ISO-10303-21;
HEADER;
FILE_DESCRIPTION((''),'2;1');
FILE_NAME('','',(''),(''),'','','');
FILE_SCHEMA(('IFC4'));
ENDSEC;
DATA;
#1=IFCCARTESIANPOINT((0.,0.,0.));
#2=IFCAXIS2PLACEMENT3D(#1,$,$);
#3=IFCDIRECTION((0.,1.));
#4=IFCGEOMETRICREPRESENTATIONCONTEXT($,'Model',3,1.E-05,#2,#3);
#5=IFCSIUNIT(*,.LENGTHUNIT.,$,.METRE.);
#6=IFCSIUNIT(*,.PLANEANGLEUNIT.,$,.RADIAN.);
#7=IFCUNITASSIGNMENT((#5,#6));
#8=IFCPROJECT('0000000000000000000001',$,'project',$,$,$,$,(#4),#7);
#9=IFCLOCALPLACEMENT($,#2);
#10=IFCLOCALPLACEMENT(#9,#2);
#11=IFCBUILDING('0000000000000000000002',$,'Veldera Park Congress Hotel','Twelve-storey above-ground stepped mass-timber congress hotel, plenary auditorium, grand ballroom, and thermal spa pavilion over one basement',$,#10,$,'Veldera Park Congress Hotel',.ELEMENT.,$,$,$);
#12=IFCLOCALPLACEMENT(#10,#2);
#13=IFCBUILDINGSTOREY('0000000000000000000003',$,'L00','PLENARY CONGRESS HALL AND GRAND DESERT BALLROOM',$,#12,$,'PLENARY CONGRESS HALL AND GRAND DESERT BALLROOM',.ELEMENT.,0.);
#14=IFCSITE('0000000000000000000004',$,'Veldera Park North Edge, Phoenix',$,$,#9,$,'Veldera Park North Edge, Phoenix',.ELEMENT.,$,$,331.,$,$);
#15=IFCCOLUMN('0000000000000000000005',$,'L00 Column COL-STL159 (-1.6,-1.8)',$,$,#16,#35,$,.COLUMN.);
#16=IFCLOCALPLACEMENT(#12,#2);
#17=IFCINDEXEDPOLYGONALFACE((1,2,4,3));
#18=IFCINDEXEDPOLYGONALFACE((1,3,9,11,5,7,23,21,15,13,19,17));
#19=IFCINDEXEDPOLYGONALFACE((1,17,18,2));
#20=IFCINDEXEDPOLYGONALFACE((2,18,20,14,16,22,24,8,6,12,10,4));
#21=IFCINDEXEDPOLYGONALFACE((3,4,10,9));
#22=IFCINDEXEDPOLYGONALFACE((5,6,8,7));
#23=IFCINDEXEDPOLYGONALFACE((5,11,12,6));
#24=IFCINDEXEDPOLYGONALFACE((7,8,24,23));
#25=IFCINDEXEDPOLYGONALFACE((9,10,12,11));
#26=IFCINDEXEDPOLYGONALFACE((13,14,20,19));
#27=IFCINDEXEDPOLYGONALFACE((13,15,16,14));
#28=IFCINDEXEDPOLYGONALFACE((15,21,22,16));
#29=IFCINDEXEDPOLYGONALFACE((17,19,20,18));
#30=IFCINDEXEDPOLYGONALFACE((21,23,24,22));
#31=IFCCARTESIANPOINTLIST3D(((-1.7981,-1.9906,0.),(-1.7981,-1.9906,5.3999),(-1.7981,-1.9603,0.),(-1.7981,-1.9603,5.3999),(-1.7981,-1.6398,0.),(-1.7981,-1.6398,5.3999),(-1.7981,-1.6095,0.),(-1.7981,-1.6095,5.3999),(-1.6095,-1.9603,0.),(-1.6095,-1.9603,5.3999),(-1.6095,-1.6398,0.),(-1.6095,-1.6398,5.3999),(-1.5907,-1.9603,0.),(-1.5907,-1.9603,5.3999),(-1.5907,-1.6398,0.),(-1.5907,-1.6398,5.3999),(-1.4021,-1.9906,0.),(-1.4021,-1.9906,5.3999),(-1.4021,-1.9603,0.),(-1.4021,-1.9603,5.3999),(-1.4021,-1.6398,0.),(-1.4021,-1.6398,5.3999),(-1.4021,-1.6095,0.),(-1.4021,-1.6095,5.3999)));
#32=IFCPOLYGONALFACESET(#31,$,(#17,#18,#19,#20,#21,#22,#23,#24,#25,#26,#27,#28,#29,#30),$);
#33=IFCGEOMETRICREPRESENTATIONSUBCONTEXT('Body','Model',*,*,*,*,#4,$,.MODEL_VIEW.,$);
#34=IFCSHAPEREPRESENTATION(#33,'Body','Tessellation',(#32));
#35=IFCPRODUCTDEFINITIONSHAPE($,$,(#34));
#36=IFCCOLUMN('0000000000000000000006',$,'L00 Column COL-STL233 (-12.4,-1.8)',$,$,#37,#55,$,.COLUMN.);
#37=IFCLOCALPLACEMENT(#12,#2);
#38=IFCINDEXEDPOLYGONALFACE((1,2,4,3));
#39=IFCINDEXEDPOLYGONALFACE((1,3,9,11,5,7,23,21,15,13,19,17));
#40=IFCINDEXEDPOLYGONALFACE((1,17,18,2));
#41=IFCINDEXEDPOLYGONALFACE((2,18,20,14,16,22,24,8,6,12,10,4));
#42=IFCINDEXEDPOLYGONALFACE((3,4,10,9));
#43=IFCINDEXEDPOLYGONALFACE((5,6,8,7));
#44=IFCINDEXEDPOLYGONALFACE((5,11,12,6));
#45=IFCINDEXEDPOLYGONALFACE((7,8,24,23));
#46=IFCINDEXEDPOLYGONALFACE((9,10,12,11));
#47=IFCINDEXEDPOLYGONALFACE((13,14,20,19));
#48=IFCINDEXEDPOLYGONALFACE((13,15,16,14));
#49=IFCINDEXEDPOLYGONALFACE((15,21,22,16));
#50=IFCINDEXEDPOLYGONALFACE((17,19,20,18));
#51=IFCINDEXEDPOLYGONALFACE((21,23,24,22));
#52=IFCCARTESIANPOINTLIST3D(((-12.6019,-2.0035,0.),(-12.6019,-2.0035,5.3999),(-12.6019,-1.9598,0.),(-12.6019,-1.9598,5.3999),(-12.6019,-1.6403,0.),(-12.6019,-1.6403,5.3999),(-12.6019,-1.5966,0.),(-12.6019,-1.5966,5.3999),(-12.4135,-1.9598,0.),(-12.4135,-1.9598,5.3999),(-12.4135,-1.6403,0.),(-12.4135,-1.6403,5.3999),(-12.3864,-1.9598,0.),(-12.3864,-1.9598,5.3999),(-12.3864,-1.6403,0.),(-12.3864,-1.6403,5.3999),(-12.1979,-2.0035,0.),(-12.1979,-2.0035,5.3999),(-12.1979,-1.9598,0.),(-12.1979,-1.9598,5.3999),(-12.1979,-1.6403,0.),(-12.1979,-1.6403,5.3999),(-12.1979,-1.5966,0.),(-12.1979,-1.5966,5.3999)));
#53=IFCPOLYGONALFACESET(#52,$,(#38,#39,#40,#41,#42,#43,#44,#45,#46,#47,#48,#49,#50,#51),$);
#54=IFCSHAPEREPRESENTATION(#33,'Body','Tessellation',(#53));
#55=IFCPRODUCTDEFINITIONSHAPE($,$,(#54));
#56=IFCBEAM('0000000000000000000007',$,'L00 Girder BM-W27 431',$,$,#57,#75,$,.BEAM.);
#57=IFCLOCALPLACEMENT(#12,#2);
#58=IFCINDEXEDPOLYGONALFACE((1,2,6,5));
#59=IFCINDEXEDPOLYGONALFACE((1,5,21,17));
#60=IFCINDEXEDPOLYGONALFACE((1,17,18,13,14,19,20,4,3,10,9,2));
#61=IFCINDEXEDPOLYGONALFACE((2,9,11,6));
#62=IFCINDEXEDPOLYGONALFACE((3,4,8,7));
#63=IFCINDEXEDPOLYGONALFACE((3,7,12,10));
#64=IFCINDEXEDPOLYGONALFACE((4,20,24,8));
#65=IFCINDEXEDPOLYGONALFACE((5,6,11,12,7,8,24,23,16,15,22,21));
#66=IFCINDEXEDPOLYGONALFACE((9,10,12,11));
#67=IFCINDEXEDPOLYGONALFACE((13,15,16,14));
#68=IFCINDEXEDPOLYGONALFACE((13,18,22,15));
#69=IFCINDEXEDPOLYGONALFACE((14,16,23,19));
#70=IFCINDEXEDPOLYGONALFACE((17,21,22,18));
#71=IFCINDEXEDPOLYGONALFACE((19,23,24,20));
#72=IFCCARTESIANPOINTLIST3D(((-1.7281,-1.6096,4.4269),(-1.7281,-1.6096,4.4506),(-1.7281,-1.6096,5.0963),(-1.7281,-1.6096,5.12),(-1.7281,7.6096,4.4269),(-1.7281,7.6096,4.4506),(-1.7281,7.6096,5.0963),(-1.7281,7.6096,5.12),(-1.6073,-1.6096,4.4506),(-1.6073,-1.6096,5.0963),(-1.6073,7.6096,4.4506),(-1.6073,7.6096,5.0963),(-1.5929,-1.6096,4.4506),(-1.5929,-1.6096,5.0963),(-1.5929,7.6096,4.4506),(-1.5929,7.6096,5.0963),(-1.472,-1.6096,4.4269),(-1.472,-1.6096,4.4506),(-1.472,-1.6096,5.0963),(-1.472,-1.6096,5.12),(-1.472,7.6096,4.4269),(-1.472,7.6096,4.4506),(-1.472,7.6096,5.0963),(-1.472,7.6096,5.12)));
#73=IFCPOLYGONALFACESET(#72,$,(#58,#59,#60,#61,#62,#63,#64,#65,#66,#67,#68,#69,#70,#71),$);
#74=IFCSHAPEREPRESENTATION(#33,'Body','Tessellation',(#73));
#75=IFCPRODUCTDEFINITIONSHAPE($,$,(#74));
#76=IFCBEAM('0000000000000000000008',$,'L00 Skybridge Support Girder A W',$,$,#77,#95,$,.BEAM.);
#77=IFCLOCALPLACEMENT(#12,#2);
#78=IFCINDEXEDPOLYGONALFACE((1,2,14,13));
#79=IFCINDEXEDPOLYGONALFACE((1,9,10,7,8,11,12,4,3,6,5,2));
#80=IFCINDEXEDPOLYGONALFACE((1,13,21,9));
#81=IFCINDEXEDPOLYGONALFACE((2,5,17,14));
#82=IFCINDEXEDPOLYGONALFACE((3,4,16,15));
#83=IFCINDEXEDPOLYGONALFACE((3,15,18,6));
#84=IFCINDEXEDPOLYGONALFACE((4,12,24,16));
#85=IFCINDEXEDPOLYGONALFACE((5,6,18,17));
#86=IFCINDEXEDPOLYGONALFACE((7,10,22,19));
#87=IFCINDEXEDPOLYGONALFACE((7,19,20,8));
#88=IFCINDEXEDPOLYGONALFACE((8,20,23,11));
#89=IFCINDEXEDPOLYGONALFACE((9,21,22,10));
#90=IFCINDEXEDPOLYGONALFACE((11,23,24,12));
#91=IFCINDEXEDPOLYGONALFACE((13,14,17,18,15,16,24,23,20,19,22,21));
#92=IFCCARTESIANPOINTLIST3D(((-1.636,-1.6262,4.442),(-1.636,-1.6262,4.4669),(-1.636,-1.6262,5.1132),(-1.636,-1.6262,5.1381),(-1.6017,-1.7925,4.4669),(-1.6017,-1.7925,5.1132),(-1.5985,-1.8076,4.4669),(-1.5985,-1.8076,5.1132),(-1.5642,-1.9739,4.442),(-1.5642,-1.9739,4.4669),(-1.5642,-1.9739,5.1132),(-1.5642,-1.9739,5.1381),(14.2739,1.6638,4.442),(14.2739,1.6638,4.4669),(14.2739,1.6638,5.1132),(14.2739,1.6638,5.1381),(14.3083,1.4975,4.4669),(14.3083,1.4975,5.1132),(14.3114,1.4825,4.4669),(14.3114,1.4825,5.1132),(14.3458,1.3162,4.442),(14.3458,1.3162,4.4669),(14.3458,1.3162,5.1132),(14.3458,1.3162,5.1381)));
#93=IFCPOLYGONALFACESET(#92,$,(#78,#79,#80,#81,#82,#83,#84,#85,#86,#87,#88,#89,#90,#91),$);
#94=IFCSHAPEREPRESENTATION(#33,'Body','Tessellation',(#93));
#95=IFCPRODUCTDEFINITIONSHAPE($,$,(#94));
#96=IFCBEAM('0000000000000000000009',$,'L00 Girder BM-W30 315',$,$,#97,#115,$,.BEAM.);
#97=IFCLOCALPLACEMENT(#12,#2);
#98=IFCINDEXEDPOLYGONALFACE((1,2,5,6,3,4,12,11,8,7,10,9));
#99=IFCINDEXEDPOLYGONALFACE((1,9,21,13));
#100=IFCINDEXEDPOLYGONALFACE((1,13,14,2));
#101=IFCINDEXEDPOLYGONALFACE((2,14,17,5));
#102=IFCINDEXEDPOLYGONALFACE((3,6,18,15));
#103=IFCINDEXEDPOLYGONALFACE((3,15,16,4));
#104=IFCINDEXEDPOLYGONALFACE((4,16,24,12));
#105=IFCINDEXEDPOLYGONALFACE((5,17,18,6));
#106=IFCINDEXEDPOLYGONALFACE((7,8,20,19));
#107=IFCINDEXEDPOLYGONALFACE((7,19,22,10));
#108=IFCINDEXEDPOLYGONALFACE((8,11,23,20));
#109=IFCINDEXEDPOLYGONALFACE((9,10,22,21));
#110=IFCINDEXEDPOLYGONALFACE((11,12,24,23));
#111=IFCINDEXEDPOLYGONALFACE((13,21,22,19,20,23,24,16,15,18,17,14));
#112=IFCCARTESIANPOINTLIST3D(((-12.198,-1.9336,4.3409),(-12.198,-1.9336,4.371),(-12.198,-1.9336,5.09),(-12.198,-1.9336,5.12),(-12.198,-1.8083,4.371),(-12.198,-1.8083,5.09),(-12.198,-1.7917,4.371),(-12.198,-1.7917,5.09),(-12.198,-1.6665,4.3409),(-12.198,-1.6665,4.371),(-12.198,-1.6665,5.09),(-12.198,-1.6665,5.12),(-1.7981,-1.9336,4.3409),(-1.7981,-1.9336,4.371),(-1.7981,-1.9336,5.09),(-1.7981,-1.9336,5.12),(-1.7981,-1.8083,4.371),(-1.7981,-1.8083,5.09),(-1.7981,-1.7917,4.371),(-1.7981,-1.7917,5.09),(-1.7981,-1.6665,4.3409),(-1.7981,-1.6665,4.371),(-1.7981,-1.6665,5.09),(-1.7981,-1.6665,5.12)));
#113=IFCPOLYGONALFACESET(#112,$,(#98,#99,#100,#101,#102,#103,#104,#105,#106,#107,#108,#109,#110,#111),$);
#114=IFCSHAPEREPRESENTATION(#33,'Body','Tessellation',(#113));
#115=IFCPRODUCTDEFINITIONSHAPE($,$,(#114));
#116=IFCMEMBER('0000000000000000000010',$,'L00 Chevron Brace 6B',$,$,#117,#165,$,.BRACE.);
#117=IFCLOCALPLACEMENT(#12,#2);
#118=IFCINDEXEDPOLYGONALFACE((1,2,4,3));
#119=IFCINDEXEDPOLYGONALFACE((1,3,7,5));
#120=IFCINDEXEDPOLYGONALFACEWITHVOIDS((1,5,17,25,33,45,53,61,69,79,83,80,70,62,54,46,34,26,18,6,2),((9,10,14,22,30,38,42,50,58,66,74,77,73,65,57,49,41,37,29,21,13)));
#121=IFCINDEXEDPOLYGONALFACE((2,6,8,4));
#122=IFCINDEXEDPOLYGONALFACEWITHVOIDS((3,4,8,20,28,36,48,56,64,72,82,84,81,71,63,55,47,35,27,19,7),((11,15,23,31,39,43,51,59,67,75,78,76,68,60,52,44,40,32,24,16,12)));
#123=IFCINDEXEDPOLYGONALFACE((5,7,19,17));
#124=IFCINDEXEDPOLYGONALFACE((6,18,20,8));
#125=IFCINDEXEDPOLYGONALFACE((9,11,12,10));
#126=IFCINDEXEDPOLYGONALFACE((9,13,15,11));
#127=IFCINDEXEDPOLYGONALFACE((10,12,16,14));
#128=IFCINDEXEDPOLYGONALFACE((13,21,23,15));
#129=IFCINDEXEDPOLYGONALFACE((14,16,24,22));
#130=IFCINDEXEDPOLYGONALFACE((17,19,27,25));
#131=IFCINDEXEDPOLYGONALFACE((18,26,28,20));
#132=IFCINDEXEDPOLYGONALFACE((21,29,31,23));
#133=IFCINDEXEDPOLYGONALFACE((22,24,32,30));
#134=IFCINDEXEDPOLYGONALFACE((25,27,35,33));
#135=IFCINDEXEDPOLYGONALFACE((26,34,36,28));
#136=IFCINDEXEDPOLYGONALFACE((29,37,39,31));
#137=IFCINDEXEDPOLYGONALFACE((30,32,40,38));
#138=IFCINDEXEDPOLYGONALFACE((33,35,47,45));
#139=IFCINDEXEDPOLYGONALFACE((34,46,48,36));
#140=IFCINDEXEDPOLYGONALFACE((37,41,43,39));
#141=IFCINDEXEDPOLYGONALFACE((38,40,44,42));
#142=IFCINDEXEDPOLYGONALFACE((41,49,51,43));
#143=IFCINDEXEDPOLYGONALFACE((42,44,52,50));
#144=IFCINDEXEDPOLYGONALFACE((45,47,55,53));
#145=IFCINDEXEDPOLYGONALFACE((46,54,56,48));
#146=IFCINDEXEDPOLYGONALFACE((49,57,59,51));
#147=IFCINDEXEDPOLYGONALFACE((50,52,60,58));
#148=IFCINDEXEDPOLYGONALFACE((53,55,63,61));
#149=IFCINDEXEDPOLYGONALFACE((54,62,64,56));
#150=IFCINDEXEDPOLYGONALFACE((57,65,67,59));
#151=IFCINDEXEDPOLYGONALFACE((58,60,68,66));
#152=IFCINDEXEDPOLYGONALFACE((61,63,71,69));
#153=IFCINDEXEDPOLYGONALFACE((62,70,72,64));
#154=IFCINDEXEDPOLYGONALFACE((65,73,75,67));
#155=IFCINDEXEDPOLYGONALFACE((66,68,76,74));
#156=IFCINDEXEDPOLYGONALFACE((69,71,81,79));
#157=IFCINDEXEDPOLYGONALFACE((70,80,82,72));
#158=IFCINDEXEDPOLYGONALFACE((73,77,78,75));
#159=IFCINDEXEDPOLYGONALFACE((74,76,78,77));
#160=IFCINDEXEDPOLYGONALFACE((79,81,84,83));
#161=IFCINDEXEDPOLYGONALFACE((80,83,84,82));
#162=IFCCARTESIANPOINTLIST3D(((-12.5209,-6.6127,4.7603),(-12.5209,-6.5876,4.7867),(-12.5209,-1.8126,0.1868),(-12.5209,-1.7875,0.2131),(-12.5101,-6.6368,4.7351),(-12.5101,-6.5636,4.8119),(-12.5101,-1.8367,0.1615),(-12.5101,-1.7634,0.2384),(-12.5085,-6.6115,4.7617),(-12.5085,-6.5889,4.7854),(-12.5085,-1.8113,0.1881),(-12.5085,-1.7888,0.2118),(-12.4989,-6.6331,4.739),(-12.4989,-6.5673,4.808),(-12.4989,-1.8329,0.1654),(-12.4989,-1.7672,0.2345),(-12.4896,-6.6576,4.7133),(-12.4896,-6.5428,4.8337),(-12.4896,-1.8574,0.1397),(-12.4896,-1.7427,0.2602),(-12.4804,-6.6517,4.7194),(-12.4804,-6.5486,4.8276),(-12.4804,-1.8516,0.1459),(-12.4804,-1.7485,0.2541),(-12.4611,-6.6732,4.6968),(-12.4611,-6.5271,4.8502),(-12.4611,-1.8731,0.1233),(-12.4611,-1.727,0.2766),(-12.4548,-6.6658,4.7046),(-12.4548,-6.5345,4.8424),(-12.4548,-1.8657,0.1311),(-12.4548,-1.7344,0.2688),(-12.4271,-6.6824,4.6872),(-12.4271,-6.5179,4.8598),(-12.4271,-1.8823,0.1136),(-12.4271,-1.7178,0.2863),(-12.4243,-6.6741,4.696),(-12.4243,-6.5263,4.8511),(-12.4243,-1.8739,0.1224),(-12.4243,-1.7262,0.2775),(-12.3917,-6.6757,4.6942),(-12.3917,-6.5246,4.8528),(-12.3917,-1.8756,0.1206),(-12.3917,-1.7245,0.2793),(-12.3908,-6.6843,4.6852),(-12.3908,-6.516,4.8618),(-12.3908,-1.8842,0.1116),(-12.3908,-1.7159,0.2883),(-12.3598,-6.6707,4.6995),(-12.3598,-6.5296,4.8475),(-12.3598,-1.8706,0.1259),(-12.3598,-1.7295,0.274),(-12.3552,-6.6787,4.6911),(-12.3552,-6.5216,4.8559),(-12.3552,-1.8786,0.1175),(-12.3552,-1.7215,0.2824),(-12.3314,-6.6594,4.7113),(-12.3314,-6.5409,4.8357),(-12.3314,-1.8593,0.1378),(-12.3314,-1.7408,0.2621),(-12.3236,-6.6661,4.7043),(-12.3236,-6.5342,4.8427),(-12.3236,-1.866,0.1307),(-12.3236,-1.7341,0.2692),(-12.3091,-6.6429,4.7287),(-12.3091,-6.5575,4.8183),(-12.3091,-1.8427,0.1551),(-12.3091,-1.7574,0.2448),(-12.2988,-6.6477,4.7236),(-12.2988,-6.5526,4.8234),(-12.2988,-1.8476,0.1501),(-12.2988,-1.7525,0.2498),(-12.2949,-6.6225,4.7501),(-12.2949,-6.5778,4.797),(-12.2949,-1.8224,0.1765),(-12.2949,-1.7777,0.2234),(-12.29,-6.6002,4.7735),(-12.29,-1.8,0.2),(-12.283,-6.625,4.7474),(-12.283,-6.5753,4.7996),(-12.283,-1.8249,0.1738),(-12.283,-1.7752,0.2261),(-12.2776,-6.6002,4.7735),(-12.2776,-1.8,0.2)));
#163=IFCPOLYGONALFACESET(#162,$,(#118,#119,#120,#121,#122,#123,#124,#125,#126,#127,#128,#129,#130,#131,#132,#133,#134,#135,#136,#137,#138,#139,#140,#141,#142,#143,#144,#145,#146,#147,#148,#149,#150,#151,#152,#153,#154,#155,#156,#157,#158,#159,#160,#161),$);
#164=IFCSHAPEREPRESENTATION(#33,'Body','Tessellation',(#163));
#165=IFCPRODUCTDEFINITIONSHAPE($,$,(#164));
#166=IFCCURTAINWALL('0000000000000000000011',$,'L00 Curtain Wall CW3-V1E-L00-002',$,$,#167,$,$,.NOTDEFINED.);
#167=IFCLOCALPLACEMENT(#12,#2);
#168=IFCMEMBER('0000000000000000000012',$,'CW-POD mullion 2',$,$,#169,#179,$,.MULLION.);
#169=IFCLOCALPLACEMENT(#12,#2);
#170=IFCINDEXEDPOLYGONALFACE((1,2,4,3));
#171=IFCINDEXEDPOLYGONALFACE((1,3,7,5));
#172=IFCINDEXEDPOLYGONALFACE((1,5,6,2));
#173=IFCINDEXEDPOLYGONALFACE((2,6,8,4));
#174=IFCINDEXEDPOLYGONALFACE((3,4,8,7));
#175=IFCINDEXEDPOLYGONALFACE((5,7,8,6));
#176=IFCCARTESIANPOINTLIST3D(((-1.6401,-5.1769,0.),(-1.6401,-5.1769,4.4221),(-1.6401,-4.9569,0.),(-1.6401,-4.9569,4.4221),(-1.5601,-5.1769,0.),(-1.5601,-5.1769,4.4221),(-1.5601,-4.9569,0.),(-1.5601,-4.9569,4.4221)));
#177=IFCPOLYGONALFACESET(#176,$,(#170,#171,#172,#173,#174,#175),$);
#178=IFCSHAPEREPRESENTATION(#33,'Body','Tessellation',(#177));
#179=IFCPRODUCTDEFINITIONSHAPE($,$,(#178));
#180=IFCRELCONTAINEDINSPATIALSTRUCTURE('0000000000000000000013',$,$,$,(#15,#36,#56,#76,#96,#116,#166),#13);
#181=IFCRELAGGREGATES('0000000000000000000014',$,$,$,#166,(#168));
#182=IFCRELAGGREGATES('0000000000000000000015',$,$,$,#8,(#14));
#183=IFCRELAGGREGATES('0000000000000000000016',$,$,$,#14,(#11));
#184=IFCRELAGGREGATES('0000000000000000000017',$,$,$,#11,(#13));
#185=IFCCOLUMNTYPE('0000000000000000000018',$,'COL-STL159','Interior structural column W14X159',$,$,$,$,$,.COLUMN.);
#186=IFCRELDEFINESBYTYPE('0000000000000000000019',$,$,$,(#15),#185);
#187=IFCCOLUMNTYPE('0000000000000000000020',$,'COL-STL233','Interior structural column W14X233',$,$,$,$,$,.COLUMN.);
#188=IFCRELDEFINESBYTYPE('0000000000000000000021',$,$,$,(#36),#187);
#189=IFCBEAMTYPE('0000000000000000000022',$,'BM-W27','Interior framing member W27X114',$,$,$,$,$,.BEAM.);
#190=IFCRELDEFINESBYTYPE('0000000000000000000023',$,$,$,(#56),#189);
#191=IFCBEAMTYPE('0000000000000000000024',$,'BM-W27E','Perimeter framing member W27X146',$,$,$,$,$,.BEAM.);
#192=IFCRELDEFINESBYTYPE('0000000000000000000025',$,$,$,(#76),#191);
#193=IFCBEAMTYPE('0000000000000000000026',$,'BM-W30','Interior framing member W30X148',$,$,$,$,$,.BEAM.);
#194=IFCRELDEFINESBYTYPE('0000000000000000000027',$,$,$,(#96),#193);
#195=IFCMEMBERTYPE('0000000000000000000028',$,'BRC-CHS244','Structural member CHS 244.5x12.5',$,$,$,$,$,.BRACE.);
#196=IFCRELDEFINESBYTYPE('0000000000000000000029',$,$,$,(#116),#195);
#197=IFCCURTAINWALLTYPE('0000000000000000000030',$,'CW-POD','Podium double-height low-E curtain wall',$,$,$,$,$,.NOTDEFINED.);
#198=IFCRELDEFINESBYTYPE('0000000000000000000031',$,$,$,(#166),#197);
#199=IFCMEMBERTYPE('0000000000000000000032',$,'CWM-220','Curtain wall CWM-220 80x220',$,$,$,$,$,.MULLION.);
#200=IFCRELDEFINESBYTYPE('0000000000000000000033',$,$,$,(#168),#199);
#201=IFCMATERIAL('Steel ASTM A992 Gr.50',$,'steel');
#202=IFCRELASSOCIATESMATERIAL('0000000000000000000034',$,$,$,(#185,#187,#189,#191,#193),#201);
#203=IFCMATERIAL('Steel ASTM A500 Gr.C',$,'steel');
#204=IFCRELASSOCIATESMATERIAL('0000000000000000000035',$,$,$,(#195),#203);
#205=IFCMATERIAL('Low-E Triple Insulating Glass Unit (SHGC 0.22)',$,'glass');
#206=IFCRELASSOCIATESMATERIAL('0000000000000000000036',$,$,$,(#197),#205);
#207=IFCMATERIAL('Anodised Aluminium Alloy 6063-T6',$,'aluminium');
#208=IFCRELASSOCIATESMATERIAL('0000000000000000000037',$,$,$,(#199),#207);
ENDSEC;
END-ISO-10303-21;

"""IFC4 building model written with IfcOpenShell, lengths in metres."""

from ifc_helpers import new_model, si_unit, direction, frame, origin, origin_2d, place, context, subcontext, project, spatial, rectangle, hollow_circle, i_section, extrude, material, material_profile, profile_set, type_object, element, aggregate, save


model = new_model("IFC4")

# Units and contexts
model_context = context("Model", 3, precision=1e-05, world=origin(), true_north=direction((0.0, 1.0)))
body_context = subcontext(model_context, "Body", "Model", "MODEL_VIEW")
ifc_project = project(units=[si_unit("LENGTHUNIT", "METRE"), si_unit("PLANEANGLEUNIT", "RADIAN")], contexts=[model_context])

# Site, building, storey
site_placement = place(None, origin())
site = spatial("IfcSite", under=ifc_project, at=site_placement, Name="Veldera Park North Edge, Phoenix", LongName="Veldera Park North Edge, Phoenix", CompositionType="ELEMENT", RefElevation=331.0)
building_placement = place(site_placement, origin())
building = spatial("IfcBuilding", under=site, at=building_placement, Name="Veldera Park Congress Hotel", Description="Twelve-storey above-ground stepped mass-timber congress hotel, plenary auditorium, grand ballroom, and thermal spa pavilion over one basement", LongName="Veldera Park Congress Hotel", CompositionType="ELEMENT")
storey_placement = place(building_placement, origin())
storey = spatial("IfcBuildingStorey", under=building, at=storey_placement, Name="L00", Description="PLENARY CONGRESS HALL AND GRAND DESERT BALLROOM", LongName="PLENARY CONGRESS HALL AND GRAND DESERT BALLROOM", CompositionType="ELEMENT", Elevation=0.0)

# Columns
ifc_material_1 = material(Name="Steel ASTM A992 Gr.50", Category="steel")
ifc_material_profile_1 = material_profile(ifc_material_1, i_section(OverallWidth=0.396, OverallDepth=0.3811, WebThickness=0.0188, FlangeThickness=0.0303, at=origin_2d()), Name="W14X159")
ifc_profile_set_1 = profile_set([ifc_material_profile_1], Name="Steel ASTM A992 Gr.50")
column_type_1 = type_object("IfcColumnType", Name="COL-STL159", Description="Interior structural column W14X159", PredefinedType="COLUMN", material=ifc_profile_set_1)
column_1_placement = place(storey_placement, frame((-1.6001, -1.8, 0.0), z_axis=(0.0, 0.0, 1.0), x_axis=(1.0, 0.0, 0.0)))
element("IfcColumn", 1, at=column_1_placement, inside=storey, type_object=column_type_1, Name="L00 Column COL-STL159 (-1.6,-1.8)", PredefinedType="COLUMN", context=body_context, shape_type="SweptSolid", body=[
    extrude(i_section(OverallWidth=0.396, OverallDepth=0.3811, WebThickness=0.0188, FlangeThickness=0.0303, at=origin_2d()), origin(), (0.0, 0.0, 1.0), 5.3999),
])
ifc_material_profile_2 = material_profile(ifc_material_1, i_section(OverallWidth=0.4041, OverallDepth=0.407, WebThickness=0.0271, FlangeThickness=0.0437, at=origin_2d()), Name="W14X233")
ifc_profile_set_2 = profile_set([ifc_material_profile_2], Name="Steel ASTM A992 Gr.50")
column_type_2 = type_object("IfcColumnType", Name="COL-STL233", Description="Interior structural column W14X233", PredefinedType="COLUMN", material=ifc_profile_set_2)
column_2_placement = place(storey_placement, frame((-12.3999, -1.8, 0.0), z_axis=(0.0, 0.0, 1.0), x_axis=(1.0, 0.0, 0.0)))
element("IfcColumn", 2, at=column_2_placement, inside=storey, type_object=column_type_2, Name="L00 Column COL-STL233 (-12.4,-1.8)", PredefinedType="COLUMN", context=body_context, shape_type="SweptSolid", body=[
    extrude(i_section(OverallWidth=0.4041, OverallDepth=0.407, WebThickness=0.0271, FlangeThickness=0.0437, at=origin_2d()), origin(), (0.0, 0.0, 1.0), 5.3999),
])

# Beams
ifc_material_profile_3 = material_profile(ifc_material_1, i_section(OverallWidth=0.2561, OverallDepth=0.6931, WebThickness=0.0144, FlangeThickness=0.0237, at=origin_2d()), Name="W27X114")
ifc_profile_set_3 = profile_set([ifc_material_profile_3], Name="Steel ASTM A992 Gr.50")
beam_type_1 = type_object("IfcBeamType", Name="BM-W27", Description="Interior framing member W27X114", PredefinedType="BEAM", material=ifc_profile_set_3)
beam_1_placement = place(storey_placement, frame((-1.6001, -1.6096, 4.7734), z_axis=(0.0, 1.0, 0.0), x_axis=(-1.0, 0.0, 0.0)))
element("IfcBeam", 3, at=beam_1_placement, inside=storey, type_object=beam_type_1, Name="L00 Girder BM-W27 431", PredefinedType="BEAM", context=body_context, shape_type="SweptSolid", body=[
    extrude(i_section(OverallWidth=0.2561, OverallDepth=0.6931, WebThickness=0.0144, FlangeThickness=0.0237, at=origin_2d()), origin(), (0.0, 0.0, 1.0), 9.2192),
])
ifc_material_profile_4 = material_profile(ifc_material_1, i_section(OverallWidth=0.355, OverallDepth=0.696, WebThickness=0.0154, FlangeThickness=0.0249, at=origin_2d()), Name="W27X146")
ifc_profile_set_4 = profile_set([ifc_material_profile_4], Name="Steel ASTM A992 Gr.50")
beam_type_2 = type_object("IfcBeamType", Name="BM-W27E", Description="Perimeter framing member W27X146", PredefinedType="BEAM", material=ifc_profile_set_4)
beam_2_placement = place(storey_placement, frame((-1.6001, -1.8, 4.79), z_axis=(0.979281, 0.202507, 0.0), x_axis=(-0.202507, 0.979281, 0.0)))
element("IfcBeam", 4, at=beam_2_placement, inside=storey, type_object=beam_type_2, Name="L00 Skybridge Support Girder A W", PredefinedType="BEAM", context=body_context, shape_type="SweptSolid", body=[
    extrude(i_section(OverallWidth=0.355, OverallDepth=0.696, WebThickness=0.0154, FlangeThickness=0.0249, at=origin_2d()), origin(), (0.0, 0.0, 1.0), 16.2466),
])
ifc_material_profile_5 = material_profile(ifc_material_1, i_section(OverallWidth=0.2671, OverallDepth=0.7791, WebThickness=0.0166, FlangeThickness=0.03, at=origin_2d()), Name="W30X148")
ifc_profile_set_5 = profile_set([ifc_material_profile_5], Name="Steel ASTM A992 Gr.50")
beam_type_3 = type_object("IfcBeamType", Name="BM-W30", Description="Interior framing member W30X148", PredefinedType="BEAM", material=ifc_profile_set_5)
beam_3_placement = place(storey_placement, frame((-12.198, -1.8, 4.7305), z_axis=(1.0, 0.0, 0.0), x_axis=(0.0, 1.0, 0.0)))
element("IfcBeam", 5, at=beam_3_placement, inside=storey, type_object=beam_type_3, Name="L00 Girder BM-W30 315", PredefinedType="BEAM", context=body_context, shape_type="SweptSolid", body=[
    extrude(i_section(OverallWidth=0.2671, OverallDepth=0.7791, WebThickness=0.0166, FlangeThickness=0.03, at=origin_2d()), origin(), (0.0, 0.0, 1.0), 10.3999),
])

# Member
ifc_material_2 = material(Name="Steel ASTM A500 Gr.C", Category="steel")
ifc_material_profile_6 = material_profile(ifc_material_2, hollow_circle(Radius=0.1223, WallThickness=0.0125, at=origin_2d()), Name="CHS 244.5x12.5")
ifc_profile_set_6 = profile_set([ifc_material_profile_6], Name="Steel ASTM A500 Gr.C")
member_type_1 = type_object("IfcMemberType", Name="BRC-CHS244", Description="Structural member CHS 244.5x12.5", PredefinedType="BRACE", material=ifc_profile_set_6)
member_1_placement = place(storey_placement, frame((-12.3999, -1.8, 0.2), z_axis=(0.0, -0.723986, 0.689814), x_axis=(1.0, 0.0, 0.0)))
element("IfcMember", 6, at=member_1_placement, inside=storey, type_object=member_type_1, Name="L00 Chevron Brace 6B", PredefinedType="BRACE", context=body_context, shape_type="SweptSolid", body=[
    extrude(hollow_circle(Radius=0.1223, WallThickness=0.0125, at=origin_2d()), origin(), (0.0, 0.0, 1.0), 6.6301),
])

# Curtain wall, member
ifc_material_3 = material(Name="Low-E Triple Insulating Glass Unit (SHGC 0.22)", Category="glass")
curtain_wall_type = type_object("IfcCurtainWallType", Name="CW-POD", Description="Podium double-height low-E curtain wall", PredefinedType="NOTDEFINED", material=ifc_material_3)
curtain_wall_1_placement = place(storey_placement, origin())
curtain_wall_1 = element("IfcCurtainWall", 7, at=curtain_wall_1_placement, inside=storey, type_object=curtain_wall_type, Name="L00 Curtain Wall CW3-V1E-L00-002", PredefinedType="NOTDEFINED")
ifc_material_4 = material(Name="Anodised Aluminium Alloy 6063-T6", Category="aluminium")
ifc_material_profile_7 = material_profile(ifc_material_4, rectangle(XDim=0.0801, YDim=0.22, at=origin_2d()), Name="ALU 80x220")
ifc_profile_set_7 = profile_set([ifc_material_profile_7], Name="Anodised Aluminium Alloy 6063-T6")
member_type_2 = type_object("IfcMemberType", Name="CWM-220", Description="Curtain wall CWM-220 80x220", PredefinedType="MULLION", material=ifc_profile_set_7)
member_2_placement = place(storey_placement, frame((-1.6001, -5.0669, 0.0), z_axis=(0.0, 0.0, 1.0), x_axis=(-1.0, 0.0, 0.0)))
member_2 = element("IfcMember", 8, at=member_2_placement, type_object=member_type_2, Name="CW-POD mullion 2", PredefinedType="MULLION", context=body_context, shape_type="SweptSolid", body=[
    extrude(rectangle(XDim=0.0801, YDim=0.22, at=origin_2d()), origin(), (0.0, 0.0, 1.0), 4.4221),
])

aggregate(curtain_wall_1, [member_2])

save(model, "model.ifc")
